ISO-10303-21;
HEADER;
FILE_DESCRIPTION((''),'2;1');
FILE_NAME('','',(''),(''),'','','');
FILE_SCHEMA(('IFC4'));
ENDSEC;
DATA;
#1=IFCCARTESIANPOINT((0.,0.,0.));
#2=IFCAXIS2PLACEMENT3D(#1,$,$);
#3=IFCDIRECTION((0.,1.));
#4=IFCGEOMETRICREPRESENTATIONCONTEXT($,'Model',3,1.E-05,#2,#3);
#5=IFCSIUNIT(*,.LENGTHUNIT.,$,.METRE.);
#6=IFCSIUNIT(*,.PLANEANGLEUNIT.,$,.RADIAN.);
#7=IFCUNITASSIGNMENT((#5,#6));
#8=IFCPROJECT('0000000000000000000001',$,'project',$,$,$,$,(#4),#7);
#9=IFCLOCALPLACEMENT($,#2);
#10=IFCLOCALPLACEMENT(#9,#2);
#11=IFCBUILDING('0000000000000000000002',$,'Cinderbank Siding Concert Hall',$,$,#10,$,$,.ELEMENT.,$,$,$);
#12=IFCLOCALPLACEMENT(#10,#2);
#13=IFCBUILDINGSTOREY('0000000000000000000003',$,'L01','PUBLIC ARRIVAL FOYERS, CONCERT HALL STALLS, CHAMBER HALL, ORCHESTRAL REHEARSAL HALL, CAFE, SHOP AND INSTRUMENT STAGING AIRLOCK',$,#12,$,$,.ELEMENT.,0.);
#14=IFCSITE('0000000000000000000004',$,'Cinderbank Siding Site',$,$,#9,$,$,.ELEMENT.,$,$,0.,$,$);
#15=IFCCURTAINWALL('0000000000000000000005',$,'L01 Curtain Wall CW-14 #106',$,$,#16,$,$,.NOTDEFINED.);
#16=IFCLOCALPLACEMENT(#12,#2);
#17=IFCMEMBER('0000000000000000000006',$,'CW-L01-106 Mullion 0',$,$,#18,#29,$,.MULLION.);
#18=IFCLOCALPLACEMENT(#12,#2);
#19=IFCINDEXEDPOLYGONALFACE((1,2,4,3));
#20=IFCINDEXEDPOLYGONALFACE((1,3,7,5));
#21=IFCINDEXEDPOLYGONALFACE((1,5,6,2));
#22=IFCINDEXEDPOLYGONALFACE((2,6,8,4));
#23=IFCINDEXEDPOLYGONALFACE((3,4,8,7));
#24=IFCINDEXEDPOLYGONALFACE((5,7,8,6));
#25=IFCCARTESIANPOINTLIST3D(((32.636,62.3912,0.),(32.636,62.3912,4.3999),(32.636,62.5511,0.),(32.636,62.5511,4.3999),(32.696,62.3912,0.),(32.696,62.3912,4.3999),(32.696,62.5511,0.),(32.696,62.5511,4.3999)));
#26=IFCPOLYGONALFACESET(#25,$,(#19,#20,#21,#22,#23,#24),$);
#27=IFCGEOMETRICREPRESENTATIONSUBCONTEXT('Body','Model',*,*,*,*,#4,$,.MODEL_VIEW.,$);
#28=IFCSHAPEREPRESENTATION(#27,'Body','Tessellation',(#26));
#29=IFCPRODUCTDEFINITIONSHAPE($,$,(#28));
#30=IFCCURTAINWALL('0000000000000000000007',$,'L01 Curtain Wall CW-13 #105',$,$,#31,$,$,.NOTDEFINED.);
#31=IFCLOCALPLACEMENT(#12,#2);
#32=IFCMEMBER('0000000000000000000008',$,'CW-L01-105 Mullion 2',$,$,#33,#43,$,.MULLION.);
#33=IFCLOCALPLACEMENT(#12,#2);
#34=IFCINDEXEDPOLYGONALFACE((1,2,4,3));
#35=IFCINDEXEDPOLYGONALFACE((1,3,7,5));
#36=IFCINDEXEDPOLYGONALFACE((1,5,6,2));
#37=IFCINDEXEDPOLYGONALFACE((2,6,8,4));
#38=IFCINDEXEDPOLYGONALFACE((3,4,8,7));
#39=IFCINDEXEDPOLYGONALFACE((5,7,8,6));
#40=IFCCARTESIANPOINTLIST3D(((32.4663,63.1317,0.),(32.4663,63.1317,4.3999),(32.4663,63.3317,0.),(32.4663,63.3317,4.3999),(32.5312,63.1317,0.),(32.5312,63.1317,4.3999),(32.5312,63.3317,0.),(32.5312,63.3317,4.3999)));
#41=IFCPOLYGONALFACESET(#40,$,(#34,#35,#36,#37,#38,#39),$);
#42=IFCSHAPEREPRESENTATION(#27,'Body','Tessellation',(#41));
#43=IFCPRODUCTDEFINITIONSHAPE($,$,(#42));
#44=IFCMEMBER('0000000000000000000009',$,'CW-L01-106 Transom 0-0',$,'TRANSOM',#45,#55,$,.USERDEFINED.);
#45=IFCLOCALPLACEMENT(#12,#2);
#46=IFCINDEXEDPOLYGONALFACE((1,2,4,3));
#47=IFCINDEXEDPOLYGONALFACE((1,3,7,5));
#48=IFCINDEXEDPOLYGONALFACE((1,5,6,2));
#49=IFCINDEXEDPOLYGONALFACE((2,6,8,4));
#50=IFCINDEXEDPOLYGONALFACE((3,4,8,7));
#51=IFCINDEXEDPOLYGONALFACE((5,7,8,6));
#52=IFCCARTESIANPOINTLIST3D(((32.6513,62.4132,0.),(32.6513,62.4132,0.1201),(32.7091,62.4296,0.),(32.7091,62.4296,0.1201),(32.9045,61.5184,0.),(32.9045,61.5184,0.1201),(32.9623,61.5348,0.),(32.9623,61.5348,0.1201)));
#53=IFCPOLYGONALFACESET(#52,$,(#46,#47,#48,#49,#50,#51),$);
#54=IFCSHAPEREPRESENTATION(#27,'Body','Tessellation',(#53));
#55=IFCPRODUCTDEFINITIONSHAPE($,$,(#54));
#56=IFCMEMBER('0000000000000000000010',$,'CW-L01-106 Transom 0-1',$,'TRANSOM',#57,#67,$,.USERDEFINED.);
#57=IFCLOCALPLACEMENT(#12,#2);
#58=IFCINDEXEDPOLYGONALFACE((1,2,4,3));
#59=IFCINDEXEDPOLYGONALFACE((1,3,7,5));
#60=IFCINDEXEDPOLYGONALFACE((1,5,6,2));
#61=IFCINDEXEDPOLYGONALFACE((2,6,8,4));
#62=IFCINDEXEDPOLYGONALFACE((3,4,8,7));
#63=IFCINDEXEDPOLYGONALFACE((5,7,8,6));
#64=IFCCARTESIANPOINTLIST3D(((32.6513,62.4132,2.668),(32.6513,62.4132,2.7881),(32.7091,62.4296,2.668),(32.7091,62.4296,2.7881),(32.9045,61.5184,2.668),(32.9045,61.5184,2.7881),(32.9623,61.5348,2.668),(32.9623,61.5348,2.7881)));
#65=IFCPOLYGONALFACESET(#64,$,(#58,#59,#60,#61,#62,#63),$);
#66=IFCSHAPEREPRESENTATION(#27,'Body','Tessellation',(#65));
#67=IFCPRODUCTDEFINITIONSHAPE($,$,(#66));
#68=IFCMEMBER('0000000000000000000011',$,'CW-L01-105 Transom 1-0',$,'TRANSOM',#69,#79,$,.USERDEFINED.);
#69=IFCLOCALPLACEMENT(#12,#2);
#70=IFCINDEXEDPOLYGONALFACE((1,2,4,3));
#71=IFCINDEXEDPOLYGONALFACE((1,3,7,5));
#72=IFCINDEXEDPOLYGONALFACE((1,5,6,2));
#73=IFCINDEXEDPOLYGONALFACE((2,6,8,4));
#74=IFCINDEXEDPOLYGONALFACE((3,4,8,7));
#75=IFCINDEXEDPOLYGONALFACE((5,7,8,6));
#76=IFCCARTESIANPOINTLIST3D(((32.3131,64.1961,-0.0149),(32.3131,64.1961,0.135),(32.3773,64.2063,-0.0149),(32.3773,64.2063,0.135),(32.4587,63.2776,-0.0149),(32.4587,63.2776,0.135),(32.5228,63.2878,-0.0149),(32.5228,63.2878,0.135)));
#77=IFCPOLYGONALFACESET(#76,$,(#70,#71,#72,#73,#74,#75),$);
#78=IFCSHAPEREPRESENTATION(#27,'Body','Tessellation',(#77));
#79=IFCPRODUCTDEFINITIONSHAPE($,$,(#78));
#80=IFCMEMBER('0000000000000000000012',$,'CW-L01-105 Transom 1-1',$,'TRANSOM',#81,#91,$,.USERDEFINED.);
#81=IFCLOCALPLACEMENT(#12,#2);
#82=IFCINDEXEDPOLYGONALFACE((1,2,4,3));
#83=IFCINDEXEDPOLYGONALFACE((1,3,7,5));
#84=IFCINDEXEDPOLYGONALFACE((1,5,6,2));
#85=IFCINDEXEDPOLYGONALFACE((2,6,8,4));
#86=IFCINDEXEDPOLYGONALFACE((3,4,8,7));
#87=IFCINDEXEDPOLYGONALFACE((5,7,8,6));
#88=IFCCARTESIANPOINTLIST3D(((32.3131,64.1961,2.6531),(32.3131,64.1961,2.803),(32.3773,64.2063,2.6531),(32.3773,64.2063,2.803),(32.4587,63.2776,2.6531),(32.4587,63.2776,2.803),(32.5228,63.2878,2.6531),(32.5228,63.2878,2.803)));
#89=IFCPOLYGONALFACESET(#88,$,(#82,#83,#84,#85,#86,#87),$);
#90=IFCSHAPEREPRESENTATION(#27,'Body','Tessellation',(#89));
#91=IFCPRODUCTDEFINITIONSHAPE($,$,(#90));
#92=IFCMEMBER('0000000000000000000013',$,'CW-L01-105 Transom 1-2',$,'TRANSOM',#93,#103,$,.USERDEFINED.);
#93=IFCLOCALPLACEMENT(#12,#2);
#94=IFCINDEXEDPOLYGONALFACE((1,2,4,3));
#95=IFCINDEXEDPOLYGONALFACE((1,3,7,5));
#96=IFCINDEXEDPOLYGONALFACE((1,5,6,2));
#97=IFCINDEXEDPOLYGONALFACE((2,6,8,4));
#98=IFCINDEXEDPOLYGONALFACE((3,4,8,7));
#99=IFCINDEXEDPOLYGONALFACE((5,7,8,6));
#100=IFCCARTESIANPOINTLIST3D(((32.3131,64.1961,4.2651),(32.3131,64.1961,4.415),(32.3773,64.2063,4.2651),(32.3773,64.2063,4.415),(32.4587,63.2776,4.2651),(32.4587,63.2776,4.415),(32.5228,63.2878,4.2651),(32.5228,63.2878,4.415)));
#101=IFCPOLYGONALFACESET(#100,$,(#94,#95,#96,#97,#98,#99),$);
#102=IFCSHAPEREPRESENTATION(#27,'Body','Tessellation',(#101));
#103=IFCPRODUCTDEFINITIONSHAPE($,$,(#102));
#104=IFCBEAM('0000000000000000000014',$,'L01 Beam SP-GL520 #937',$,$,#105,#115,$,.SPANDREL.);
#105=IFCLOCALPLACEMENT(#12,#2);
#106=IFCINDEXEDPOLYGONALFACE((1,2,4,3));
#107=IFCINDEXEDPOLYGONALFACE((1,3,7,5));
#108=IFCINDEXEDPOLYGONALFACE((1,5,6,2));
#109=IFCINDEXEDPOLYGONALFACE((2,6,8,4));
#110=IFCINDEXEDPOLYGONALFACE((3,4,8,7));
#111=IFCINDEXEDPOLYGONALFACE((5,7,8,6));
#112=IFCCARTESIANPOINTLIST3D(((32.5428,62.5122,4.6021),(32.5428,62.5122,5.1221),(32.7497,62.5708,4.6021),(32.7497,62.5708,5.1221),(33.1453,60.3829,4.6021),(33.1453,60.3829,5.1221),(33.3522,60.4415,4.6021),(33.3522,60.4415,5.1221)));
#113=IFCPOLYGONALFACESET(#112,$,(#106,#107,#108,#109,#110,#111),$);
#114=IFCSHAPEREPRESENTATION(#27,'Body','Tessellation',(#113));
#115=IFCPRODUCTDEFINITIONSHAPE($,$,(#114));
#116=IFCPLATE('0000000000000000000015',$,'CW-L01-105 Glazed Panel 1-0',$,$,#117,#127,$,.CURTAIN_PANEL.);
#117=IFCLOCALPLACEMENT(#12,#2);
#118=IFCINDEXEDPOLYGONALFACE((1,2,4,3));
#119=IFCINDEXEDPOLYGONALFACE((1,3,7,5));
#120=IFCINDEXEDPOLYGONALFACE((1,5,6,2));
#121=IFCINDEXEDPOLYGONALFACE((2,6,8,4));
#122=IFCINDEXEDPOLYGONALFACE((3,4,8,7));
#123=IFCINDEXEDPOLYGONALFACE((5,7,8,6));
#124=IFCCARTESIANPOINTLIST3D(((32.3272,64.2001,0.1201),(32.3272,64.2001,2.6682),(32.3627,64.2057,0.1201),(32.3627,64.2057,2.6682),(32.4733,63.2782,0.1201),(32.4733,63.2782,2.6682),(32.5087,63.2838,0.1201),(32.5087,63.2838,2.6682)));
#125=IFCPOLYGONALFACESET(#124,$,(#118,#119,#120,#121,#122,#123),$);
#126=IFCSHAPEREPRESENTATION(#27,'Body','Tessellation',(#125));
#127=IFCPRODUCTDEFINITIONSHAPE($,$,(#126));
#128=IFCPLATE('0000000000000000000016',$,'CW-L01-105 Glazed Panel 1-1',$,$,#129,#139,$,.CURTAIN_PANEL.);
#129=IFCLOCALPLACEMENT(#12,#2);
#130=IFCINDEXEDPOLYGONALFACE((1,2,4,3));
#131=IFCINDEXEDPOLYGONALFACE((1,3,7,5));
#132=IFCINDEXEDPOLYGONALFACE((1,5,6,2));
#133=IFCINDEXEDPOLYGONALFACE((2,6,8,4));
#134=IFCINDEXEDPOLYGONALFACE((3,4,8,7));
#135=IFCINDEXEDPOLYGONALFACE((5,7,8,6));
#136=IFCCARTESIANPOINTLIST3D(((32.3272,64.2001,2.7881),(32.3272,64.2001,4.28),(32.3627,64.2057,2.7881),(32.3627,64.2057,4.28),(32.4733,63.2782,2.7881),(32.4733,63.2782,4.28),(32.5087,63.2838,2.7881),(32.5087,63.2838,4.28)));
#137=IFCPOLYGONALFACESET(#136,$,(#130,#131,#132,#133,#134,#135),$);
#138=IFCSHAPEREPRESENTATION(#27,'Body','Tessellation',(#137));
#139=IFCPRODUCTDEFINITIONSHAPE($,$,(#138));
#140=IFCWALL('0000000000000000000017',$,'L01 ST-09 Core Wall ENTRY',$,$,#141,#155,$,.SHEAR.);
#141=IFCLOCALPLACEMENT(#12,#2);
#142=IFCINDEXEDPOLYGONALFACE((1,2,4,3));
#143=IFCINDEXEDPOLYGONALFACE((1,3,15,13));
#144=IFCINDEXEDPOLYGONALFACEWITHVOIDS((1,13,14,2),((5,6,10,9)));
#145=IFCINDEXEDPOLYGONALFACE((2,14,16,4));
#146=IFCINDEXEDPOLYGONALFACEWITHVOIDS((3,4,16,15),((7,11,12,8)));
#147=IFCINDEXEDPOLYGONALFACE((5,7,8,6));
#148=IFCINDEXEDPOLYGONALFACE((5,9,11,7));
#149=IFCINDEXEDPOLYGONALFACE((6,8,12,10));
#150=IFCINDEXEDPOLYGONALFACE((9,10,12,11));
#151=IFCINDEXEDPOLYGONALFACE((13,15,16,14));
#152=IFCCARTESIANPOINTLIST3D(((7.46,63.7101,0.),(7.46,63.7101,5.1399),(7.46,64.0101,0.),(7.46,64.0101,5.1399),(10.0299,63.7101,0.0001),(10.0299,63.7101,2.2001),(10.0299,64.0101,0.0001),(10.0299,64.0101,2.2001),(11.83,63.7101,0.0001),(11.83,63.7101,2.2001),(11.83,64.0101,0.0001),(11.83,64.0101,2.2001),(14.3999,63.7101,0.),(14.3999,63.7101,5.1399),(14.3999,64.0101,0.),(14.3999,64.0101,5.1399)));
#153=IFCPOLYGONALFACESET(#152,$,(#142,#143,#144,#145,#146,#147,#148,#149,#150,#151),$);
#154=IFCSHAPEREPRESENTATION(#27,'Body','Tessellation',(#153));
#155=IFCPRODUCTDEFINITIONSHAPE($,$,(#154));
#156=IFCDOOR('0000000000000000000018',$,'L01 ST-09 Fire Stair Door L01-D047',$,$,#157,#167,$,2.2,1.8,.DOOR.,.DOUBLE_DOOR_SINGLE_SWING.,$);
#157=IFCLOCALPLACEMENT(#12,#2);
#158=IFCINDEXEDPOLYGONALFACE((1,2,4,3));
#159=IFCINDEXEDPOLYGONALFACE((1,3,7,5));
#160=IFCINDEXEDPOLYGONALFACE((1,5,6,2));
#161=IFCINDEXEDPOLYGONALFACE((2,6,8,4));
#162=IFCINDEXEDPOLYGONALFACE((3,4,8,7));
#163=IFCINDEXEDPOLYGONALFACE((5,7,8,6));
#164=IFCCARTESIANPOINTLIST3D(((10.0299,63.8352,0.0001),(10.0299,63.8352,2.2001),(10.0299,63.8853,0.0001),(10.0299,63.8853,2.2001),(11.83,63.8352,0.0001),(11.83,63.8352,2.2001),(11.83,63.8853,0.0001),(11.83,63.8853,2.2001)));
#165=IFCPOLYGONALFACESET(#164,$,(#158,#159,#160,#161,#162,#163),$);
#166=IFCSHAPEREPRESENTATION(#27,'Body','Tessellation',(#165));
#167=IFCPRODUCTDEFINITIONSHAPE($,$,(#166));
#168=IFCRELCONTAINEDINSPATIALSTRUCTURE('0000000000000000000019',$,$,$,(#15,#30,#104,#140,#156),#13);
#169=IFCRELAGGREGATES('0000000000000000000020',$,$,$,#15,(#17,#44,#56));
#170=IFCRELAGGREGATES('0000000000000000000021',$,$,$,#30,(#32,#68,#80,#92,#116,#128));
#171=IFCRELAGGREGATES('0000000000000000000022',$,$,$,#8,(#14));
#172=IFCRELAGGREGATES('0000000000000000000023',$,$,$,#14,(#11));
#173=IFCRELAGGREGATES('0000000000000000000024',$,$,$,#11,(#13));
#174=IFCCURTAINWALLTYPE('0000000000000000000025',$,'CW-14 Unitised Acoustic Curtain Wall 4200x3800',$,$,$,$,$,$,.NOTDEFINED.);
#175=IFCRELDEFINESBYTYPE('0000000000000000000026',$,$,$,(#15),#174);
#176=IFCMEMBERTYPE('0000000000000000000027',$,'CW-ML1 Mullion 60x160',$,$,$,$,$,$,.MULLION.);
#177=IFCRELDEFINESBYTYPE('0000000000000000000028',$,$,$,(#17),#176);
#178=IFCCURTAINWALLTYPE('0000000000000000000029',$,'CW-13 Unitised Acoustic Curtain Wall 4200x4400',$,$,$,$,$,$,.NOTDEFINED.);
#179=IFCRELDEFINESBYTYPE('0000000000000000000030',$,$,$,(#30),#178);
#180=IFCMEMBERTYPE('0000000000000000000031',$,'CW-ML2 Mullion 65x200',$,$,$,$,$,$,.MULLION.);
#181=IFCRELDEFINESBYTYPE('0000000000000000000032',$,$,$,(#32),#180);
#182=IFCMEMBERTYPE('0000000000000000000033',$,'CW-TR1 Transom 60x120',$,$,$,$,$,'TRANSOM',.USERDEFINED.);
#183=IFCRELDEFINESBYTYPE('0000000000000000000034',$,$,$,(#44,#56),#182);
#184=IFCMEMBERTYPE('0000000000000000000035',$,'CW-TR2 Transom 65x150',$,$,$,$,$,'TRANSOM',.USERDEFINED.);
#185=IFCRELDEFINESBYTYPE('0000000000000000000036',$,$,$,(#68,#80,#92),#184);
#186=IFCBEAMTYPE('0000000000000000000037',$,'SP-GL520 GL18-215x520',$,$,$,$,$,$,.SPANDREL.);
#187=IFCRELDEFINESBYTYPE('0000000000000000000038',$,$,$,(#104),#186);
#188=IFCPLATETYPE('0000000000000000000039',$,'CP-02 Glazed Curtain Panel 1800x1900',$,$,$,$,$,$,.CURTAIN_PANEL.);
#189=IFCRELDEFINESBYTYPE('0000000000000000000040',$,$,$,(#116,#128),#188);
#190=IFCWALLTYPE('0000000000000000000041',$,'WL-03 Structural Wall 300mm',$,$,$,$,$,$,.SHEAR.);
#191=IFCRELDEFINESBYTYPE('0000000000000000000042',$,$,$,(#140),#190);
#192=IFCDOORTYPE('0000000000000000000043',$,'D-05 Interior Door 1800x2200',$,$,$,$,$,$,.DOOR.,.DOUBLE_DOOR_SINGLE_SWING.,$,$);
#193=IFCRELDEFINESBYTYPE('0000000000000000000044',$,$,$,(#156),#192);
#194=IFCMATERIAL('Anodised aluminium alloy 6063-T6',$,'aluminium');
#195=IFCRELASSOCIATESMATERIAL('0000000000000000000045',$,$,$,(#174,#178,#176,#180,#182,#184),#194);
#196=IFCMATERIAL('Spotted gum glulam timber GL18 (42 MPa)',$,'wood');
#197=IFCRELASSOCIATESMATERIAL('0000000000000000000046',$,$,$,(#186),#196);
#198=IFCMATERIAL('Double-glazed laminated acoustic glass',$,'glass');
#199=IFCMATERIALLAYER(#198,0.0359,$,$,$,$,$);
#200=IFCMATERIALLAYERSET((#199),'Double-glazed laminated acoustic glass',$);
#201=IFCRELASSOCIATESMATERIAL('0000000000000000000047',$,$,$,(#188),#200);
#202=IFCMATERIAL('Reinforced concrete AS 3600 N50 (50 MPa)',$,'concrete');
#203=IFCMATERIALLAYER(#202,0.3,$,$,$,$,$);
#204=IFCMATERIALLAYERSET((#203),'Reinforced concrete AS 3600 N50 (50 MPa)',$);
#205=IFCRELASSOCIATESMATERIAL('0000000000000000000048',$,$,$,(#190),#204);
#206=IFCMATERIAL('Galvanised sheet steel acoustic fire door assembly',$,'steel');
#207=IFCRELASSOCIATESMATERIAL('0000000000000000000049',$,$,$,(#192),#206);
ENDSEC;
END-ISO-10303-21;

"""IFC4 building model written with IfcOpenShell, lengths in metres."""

from ifc_helpers import new_model, si_unit, direction, frame, frame_2d, origin, origin_2d, place, context, subcontext, project, spatial, rectangle, extrude, material, layer, layer_set, material_profile, profile_set, type_object, element, fill, aggregate, save


model = new_model("IFC4")

# Units and contexts
model_context = context("Model", 3, precision=1e-05, world=origin(), true_north=direction((0.0, 1.0)))
body_context = subcontext(model_context, "Body", "Model", "MODEL_VIEW")
ifc_project = project(units=[si_unit("LENGTHUNIT", "METRE"), si_unit("PLANEANGLEUNIT", "RADIAN")], contexts=[model_context])

# Site, building, storey
site_placement = place(None, origin())
site = spatial("IfcSite", under=ifc_project, at=site_placement, Name="Cinderbank Siding Site", CompositionType="ELEMENT", RefElevation=0.0)
building_placement = place(site_placement, origin())
building = spatial("IfcBuilding", under=site, at=building_placement, Name="Cinderbank Siding Concert Hall", CompositionType="ELEMENT")
storey_placement = place(building_placement, origin())
storey = spatial("IfcBuildingStorey", under=building, at=storey_placement, Name="L01", Description="PUBLIC ARRIVAL FOYERS, CONCERT HALL STALLS, CHAMBER HALL, ORCHESTRAL REHEARSAL HALL, CAFE, SHOP AND INSTRUMENT STAGING AIRLOCK", CompositionType="ELEMENT", Elevation=0.0)

# Shared definitions
ifc_material_1 = material(Name="Reinforced concrete AS 3600 N50 (50 MPa)", Category="concrete")

# Curtain walls, members
ifc_material_2 = material(Name="Anodised aluminium alloy 6063-T6", Category="aluminium")
curtain_wall_type_1 = type_object("IfcCurtainWallType", Name="CW-14 Unitised Acoustic Curtain Wall 4200x3800", PredefinedType="NOTDEFINED", material=ifc_material_2)
curtain_wall_1_placement = place(storey_placement, origin())
curtain_wall_1 = element("IfcCurtainWall", 1, at=curtain_wall_1_placement, inside=storey, type_object=curtain_wall_type_1, Name="L01 Curtain Wall CW-14 #106", PredefinedType="NOTDEFINED")
ifc_material_profile_1 = material_profile(ifc_material_2, rectangle(XDim=0.0601, YDim=0.1599, at=origin_2d()), Name="ALU-MULL-60x160", Category="LoadBearing")
ifc_profile_set_1 = profile_set([ifc_material_profile_1], Name="Anodised aluminium alloy 6063-T6")
member_type_1 = type_object("IfcMemberType", Name="CW-ML1 Mullion 60x160", PredefinedType="MULLION", material=ifc_profile_set_1)
member_1_placement = place(storey_placement, frame((32.666, 62.4712, 0.0), z_axis=(0.0, 0.0, 1.0), x_axis=(1.0, 0.0, 0.0)))
member_1 = element("IfcMember", 2, at=member_1_placement, type_object=member_type_1, Name="CW-L01-106 Mullion 0", PredefinedType="MULLION", context=body_context, shape_type="SweptSolid", body=[
    extrude(rectangle(XDim=0.0601, YDim=0.1599, at=origin_2d()), origin(), (0.0, 0.0, 1.0), 4.3999),
])
curtain_wall_type_2 = type_object("IfcCurtainWallType", Name="CW-13 Unitised Acoustic Curtain Wall 4200x4400", PredefinedType="NOTDEFINED", material=ifc_material_2)
curtain_wall_2_placement = place(storey_placement, origin())
curtain_wall_2 = element("IfcCurtainWall", 3, at=curtain_wall_2_placement, inside=storey, type_object=curtain_wall_type_2, Name="L01 Curtain Wall CW-13 #105", PredefinedType="NOTDEFINED")
ifc_material_profile_2 = material_profile(ifc_material_2, rectangle(XDim=0.0649, YDim=0.2, at=origin_2d()), Name="ALU-MULL-65x200", Category="LoadBearing")
ifc_profile_set_2 = profile_set([ifc_material_profile_2], Name="Anodised aluminium alloy 6063-T6")
member_type_2 = type_object("IfcMemberType", Name="CW-ML2 Mullion 65x200", PredefinedType="MULLION", material=ifc_profile_set_2)
member_2_placement = place(storey_placement, frame((32.4988, 63.2317, 0.0), z_axis=(0.0, 0.0, 1.0), x_axis=(1.0, 0.0, 0.0)))
member_2 = element("IfcMember", 4, at=member_2_placement, type_object=member_type_2, Name="CW-L01-105 Mullion 2", PredefinedType="MULLION", context=body_context, shape_type="SweptSolid", body=[
    extrude(rectangle(XDim=0.0649, YDim=0.2, at=origin_2d()), origin(), (0.0, 0.0, 1.0), 4.3999),
])

# Members
ifc_material_profile_3 = material_profile(ifc_material_2, rectangle(XDim=0.0601, YDim=0.1201, at=origin_2d()), Name="ALU-TRAN-60x120", Category="LoadBearing")
ifc_profile_set_3 = profile_set([ifc_material_profile_3], Name="Anodised aluminium alloy 6063-T6")
member_type_3 = type_object("IfcMemberType", Name="CW-TR1 Transom 60x120", ElementType="TRANSOM", PredefinedType="USERDEFINED", material=ifc_profile_set_3)
member_3_placement = place(storey_placement, frame((32.6802, 62.4214, 0.0601), z_axis=(0.272258, -0.962224, 0.0), x_axis=(0.962224, 0.272258, 0.0)))
member_3 = element("IfcMember", 5, at=member_3_placement, type_object=member_type_3, Name="CW-L01-106 Transom 0-0", ObjectType="TRANSOM", PredefinedType="USERDEFINED", context=body_context, shape_type="SweptSolid", body=[
    extrude(rectangle(XDim=0.0601, YDim=0.1201, at=origin_2d()), origin(), (0.0, 0.0, 1.0), 0.9299),
])
member_4_placement = place(storey_placement, frame((32.6802, 62.4214, 2.728), z_axis=(0.272258, -0.962224, 0.0), x_axis=(0.962224, 0.272258, 0.0)))
member_4 = element("IfcMember", 6, at=member_4_placement, type_object=member_type_3, Name="CW-L01-106 Transom 0-1", ObjectType="TRANSOM", PredefinedType="USERDEFINED", context=body_context, shape_type="SweptSolid", body=[
    extrude(rectangle(XDim=0.0601, YDim=0.1201, at=origin_2d()), origin(), (0.0, 0.0, 1.0), 0.9299),
])
aggregate(curtain_wall_1, [member_1, member_3, member_4])
ifc_material_profile_4 = material_profile(ifc_material_2, rectangle(XDim=0.0649, YDim=0.1499, at=origin_2d()), Name="ALU-TRAN-65x150", Category="LoadBearing")
ifc_profile_set_4 = profile_set([ifc_material_profile_4], Name="Anodised aluminium alloy 6063-T6")
member_type_4 = type_object("IfcMemberType", Name="CW-TR2 Transom 65x150", ElementType="TRANSOM", PredefinedType="USERDEFINED", material=ifc_profile_set_4)
member_5_placement = place(storey_placement, frame((32.3452, 64.2012, 0.0601), z_axis=(0.156475, -0.987682, 0.0), x_axis=(0.987682, 0.156475, 0.0)))
member_5 = element("IfcMember", 7, at=member_5_placement, type_object=member_type_4, Name="CW-L01-105 Transom 1-0", ObjectType="TRANSOM", PredefinedType="USERDEFINED", context=body_context, shape_type="SweptSolid", body=[
    extrude(rectangle(XDim=0.0649, YDim=0.1499, at=origin_2d()), origin(), (0.0, 0.0, 1.0), 0.9299),
])
member_6_placement = place(storey_placement, frame((32.3452, 64.2012, 2.728), z_axis=(0.156475, -0.987682, 0.0), x_axis=(0.987682, 0.156475, 0.0)))
member_6 = element("IfcMember", 8, at=member_6_placement, type_object=member_type_4, Name="CW-L01-105 Transom 1-1", ObjectType="TRANSOM", PredefinedType="USERDEFINED", context=body_context, shape_type="SweptSolid", body=[
    extrude(rectangle(XDim=0.0649, YDim=0.1499, at=origin_2d()), origin(), (0.0, 0.0, 1.0), 0.9299),
])
member_7_placement = place(storey_placement, frame((32.3452, 64.2012, 4.3401), z_axis=(0.156475, -0.987682, 0.0), x_axis=(0.987682, 0.156475, 0.0)))
member_7 = element("IfcMember", 9, at=member_7_placement, type_object=member_type_4, Name="CW-L01-105 Transom 1-2", ObjectType="TRANSOM", PredefinedType="USERDEFINED", context=body_context, shape_type="SweptSolid", body=[
    extrude(rectangle(XDim=0.0649, YDim=0.1499, at=origin_2d()), origin(), (0.0, 0.0, 1.0), 0.9299),
])

# Beam
ifc_material_3 = material(Name="Spotted gum glulam timber GL18 (42 MPa)", Category="wood")
ifc_material_profile_5 = material_profile(ifc_material_3, rectangle(XDim=0.2151, YDim=0.52, at=origin_2d()), Name="GL18-215x520", Category="LoadBearing")
ifc_profile_set_5 = profile_set([ifc_material_profile_5], Name="Spotted gum glulam timber GL18 (42 MPa)")
beam_type_1 = type_object("IfcBeamType", Name="SP-GL520 GL18-215x520", PredefinedType="SPANDREL", material=ifc_profile_set_5)
beam_1_placement = place(storey_placement, frame((32.6462, 62.5415, 4.8621), z_axis=(0.272272, -0.96222, 0.0), x_axis=(0.96222, 0.272272, 0.0)))
element("IfcBeam", 10, at=beam_1_placement, inside=storey, type_object=beam_type_1, Name="L01 Beam SP-GL520 #937", PredefinedType="SPANDREL", context=body_context, shape_type="SweptSolid", body=[
    extrude(rectangle(XDim=0.2151, YDim=0.52, at=origin_2d()), origin(), (0.0, 0.0, 1.0), 2.2129),
])

# Plates
ifc_material_4 = material(Name="Double-glazed laminated acoustic glass", Category="glass")
ifc_layer_1 = layer(ifc_material_4, 0.0359)
ifc_layer_set_1 = layer_set([ifc_layer_1], Name="Double-glazed laminated acoustic glass")
plate_type = type_object("IfcPlateType", Name="CP-02 Glazed Curtain Panel 1800x1900", PredefinedType="CURTAIN_PANEL", material=ifc_layer_set_1)
plate_1_placement = place(storey_placement, frame((32.418, 63.7419, 0.1201), z_axis=(0.0, 0.0, 1.0), x_axis=(0.156464, -0.987684, 0.0)))
plate_1 = element("IfcPlate", 11, at=plate_1_placement, type_object=plate_type, Name="CW-L01-105 Glazed Panel 1-0", PredefinedType="CURTAIN_PANEL", context=body_context, shape_type="SweptSolid", body=[
    extrude(rectangle(XDim=0.9333, YDim=0.0359, at=origin_2d()), origin(), (0.0, 0.0, 1.0), 2.5481),
])
plate_2_placement = place(storey_placement, frame((32.418, 63.7419, 2.7881), z_axis=(0.0, 0.0, 1.0), x_axis=(0.156464, -0.987684, 0.0)))
plate_2 = element("IfcPlate", 12, at=plate_2_placement, type_object=plate_type, Name="CW-L01-105 Glazed Panel 1-1", PredefinedType="CURTAIN_PANEL", context=body_context, shape_type="SweptSolid", body=[
    extrude(rectangle(XDim=0.9333, YDim=0.0359, at=origin_2d()), origin(), (0.0, 0.0, 1.0), 1.4919),
])
aggregate(curtain_wall_2, [member_2, member_5, member_6, member_7, plate_1, plate_2])

# Wall, opening, door
ifc_layer_2 = layer(ifc_material_1, 0.3)
ifc_layer_set_2 = layer_set([ifc_layer_2], Name="Reinforced concrete AS 3600 N50 (50 MPa)")
wall_type_1 = type_object("IfcWallType", Name="WL-03 Structural Wall 300mm", PredefinedType="SHEAR", material=ifc_layer_set_2)
wall_1_placement = place(storey_placement, frame((14.3999, 63.8601, 0.0), z_axis=(0.0, 0.0, 1.0), x_axis=(-1.0, 0.0, 0.0)))
wall_1 = element("IfcWall", 13, at=wall_1_placement, inside=storey, type_object=wall_type_1, Name="L01 ST-09 Core Wall ENTRY", PredefinedType="SHEAR", context=body_context, shape_type="SweptSolid", body=[
    extrude(rectangle(XDim=6.9399, YDim=0.3, at=frame_2d((3.47, 0.0))), origin(), (0.0, 0.0, 1.0), 5.1399),
])
opening_1_placement = place(wall_1_placement, frame((2.5701, 0.0, 0.0)))
opening_1 = element("IfcOpeningElement", 14, at=opening_1_placement, cuts=wall_1, PredefinedType="OPENING", context=body_context, shape_type="SweptSolid", body=[
    extrude(rectangle(XDim=1.8, YDim=2.2, at=frame_2d((0.8999, 1.1001))), frame((0.0, 0.1621, 0.0), z_axis=(0.0, -1.0, 0.0), x_axis=(1.0, 0.0, 0.0)), (0.0, 0.0, 1.0), 0.324),
])
ifc_material_5 = material(Name="Galvanised sheet steel acoustic fire door assembly", Category="steel")
door_type_1 = type_object("IfcDoorType", Name="D-05 Interior Door 1800x2200", OperationType="DOUBLE_DOOR_SINGLE_SWING", PredefinedType="DOOR", material=ifc_material_5)
door_1_placement = place(opening_1_placement, origin())
door_1 = element("IfcDoor", 15, at=door_1_placement, inside=storey, type_object=door_type_1, Name="L01 ST-09 Fire Stair Door L01-D047", OperationType="DOUBLE_DOOR_SINGLE_SWING", OverallHeight=2.2, OverallWidth=1.8, PredefinedType="DOOR", context=body_context, shape_type="SweptSolid", body=[
    extrude(rectangle(XDim=1.8, YDim=2.2, at=frame_2d((0.8999, 1.1001))), frame((0.0, 0.0249, 0.0), z_axis=(0.0, -1.0, 0.0), x_axis=(1.0, 0.0, 0.0)), (0.0, 0.0, 1.0), 0.05),
])
fill(opening_1, door_1)

save(model, "model.ifc")
